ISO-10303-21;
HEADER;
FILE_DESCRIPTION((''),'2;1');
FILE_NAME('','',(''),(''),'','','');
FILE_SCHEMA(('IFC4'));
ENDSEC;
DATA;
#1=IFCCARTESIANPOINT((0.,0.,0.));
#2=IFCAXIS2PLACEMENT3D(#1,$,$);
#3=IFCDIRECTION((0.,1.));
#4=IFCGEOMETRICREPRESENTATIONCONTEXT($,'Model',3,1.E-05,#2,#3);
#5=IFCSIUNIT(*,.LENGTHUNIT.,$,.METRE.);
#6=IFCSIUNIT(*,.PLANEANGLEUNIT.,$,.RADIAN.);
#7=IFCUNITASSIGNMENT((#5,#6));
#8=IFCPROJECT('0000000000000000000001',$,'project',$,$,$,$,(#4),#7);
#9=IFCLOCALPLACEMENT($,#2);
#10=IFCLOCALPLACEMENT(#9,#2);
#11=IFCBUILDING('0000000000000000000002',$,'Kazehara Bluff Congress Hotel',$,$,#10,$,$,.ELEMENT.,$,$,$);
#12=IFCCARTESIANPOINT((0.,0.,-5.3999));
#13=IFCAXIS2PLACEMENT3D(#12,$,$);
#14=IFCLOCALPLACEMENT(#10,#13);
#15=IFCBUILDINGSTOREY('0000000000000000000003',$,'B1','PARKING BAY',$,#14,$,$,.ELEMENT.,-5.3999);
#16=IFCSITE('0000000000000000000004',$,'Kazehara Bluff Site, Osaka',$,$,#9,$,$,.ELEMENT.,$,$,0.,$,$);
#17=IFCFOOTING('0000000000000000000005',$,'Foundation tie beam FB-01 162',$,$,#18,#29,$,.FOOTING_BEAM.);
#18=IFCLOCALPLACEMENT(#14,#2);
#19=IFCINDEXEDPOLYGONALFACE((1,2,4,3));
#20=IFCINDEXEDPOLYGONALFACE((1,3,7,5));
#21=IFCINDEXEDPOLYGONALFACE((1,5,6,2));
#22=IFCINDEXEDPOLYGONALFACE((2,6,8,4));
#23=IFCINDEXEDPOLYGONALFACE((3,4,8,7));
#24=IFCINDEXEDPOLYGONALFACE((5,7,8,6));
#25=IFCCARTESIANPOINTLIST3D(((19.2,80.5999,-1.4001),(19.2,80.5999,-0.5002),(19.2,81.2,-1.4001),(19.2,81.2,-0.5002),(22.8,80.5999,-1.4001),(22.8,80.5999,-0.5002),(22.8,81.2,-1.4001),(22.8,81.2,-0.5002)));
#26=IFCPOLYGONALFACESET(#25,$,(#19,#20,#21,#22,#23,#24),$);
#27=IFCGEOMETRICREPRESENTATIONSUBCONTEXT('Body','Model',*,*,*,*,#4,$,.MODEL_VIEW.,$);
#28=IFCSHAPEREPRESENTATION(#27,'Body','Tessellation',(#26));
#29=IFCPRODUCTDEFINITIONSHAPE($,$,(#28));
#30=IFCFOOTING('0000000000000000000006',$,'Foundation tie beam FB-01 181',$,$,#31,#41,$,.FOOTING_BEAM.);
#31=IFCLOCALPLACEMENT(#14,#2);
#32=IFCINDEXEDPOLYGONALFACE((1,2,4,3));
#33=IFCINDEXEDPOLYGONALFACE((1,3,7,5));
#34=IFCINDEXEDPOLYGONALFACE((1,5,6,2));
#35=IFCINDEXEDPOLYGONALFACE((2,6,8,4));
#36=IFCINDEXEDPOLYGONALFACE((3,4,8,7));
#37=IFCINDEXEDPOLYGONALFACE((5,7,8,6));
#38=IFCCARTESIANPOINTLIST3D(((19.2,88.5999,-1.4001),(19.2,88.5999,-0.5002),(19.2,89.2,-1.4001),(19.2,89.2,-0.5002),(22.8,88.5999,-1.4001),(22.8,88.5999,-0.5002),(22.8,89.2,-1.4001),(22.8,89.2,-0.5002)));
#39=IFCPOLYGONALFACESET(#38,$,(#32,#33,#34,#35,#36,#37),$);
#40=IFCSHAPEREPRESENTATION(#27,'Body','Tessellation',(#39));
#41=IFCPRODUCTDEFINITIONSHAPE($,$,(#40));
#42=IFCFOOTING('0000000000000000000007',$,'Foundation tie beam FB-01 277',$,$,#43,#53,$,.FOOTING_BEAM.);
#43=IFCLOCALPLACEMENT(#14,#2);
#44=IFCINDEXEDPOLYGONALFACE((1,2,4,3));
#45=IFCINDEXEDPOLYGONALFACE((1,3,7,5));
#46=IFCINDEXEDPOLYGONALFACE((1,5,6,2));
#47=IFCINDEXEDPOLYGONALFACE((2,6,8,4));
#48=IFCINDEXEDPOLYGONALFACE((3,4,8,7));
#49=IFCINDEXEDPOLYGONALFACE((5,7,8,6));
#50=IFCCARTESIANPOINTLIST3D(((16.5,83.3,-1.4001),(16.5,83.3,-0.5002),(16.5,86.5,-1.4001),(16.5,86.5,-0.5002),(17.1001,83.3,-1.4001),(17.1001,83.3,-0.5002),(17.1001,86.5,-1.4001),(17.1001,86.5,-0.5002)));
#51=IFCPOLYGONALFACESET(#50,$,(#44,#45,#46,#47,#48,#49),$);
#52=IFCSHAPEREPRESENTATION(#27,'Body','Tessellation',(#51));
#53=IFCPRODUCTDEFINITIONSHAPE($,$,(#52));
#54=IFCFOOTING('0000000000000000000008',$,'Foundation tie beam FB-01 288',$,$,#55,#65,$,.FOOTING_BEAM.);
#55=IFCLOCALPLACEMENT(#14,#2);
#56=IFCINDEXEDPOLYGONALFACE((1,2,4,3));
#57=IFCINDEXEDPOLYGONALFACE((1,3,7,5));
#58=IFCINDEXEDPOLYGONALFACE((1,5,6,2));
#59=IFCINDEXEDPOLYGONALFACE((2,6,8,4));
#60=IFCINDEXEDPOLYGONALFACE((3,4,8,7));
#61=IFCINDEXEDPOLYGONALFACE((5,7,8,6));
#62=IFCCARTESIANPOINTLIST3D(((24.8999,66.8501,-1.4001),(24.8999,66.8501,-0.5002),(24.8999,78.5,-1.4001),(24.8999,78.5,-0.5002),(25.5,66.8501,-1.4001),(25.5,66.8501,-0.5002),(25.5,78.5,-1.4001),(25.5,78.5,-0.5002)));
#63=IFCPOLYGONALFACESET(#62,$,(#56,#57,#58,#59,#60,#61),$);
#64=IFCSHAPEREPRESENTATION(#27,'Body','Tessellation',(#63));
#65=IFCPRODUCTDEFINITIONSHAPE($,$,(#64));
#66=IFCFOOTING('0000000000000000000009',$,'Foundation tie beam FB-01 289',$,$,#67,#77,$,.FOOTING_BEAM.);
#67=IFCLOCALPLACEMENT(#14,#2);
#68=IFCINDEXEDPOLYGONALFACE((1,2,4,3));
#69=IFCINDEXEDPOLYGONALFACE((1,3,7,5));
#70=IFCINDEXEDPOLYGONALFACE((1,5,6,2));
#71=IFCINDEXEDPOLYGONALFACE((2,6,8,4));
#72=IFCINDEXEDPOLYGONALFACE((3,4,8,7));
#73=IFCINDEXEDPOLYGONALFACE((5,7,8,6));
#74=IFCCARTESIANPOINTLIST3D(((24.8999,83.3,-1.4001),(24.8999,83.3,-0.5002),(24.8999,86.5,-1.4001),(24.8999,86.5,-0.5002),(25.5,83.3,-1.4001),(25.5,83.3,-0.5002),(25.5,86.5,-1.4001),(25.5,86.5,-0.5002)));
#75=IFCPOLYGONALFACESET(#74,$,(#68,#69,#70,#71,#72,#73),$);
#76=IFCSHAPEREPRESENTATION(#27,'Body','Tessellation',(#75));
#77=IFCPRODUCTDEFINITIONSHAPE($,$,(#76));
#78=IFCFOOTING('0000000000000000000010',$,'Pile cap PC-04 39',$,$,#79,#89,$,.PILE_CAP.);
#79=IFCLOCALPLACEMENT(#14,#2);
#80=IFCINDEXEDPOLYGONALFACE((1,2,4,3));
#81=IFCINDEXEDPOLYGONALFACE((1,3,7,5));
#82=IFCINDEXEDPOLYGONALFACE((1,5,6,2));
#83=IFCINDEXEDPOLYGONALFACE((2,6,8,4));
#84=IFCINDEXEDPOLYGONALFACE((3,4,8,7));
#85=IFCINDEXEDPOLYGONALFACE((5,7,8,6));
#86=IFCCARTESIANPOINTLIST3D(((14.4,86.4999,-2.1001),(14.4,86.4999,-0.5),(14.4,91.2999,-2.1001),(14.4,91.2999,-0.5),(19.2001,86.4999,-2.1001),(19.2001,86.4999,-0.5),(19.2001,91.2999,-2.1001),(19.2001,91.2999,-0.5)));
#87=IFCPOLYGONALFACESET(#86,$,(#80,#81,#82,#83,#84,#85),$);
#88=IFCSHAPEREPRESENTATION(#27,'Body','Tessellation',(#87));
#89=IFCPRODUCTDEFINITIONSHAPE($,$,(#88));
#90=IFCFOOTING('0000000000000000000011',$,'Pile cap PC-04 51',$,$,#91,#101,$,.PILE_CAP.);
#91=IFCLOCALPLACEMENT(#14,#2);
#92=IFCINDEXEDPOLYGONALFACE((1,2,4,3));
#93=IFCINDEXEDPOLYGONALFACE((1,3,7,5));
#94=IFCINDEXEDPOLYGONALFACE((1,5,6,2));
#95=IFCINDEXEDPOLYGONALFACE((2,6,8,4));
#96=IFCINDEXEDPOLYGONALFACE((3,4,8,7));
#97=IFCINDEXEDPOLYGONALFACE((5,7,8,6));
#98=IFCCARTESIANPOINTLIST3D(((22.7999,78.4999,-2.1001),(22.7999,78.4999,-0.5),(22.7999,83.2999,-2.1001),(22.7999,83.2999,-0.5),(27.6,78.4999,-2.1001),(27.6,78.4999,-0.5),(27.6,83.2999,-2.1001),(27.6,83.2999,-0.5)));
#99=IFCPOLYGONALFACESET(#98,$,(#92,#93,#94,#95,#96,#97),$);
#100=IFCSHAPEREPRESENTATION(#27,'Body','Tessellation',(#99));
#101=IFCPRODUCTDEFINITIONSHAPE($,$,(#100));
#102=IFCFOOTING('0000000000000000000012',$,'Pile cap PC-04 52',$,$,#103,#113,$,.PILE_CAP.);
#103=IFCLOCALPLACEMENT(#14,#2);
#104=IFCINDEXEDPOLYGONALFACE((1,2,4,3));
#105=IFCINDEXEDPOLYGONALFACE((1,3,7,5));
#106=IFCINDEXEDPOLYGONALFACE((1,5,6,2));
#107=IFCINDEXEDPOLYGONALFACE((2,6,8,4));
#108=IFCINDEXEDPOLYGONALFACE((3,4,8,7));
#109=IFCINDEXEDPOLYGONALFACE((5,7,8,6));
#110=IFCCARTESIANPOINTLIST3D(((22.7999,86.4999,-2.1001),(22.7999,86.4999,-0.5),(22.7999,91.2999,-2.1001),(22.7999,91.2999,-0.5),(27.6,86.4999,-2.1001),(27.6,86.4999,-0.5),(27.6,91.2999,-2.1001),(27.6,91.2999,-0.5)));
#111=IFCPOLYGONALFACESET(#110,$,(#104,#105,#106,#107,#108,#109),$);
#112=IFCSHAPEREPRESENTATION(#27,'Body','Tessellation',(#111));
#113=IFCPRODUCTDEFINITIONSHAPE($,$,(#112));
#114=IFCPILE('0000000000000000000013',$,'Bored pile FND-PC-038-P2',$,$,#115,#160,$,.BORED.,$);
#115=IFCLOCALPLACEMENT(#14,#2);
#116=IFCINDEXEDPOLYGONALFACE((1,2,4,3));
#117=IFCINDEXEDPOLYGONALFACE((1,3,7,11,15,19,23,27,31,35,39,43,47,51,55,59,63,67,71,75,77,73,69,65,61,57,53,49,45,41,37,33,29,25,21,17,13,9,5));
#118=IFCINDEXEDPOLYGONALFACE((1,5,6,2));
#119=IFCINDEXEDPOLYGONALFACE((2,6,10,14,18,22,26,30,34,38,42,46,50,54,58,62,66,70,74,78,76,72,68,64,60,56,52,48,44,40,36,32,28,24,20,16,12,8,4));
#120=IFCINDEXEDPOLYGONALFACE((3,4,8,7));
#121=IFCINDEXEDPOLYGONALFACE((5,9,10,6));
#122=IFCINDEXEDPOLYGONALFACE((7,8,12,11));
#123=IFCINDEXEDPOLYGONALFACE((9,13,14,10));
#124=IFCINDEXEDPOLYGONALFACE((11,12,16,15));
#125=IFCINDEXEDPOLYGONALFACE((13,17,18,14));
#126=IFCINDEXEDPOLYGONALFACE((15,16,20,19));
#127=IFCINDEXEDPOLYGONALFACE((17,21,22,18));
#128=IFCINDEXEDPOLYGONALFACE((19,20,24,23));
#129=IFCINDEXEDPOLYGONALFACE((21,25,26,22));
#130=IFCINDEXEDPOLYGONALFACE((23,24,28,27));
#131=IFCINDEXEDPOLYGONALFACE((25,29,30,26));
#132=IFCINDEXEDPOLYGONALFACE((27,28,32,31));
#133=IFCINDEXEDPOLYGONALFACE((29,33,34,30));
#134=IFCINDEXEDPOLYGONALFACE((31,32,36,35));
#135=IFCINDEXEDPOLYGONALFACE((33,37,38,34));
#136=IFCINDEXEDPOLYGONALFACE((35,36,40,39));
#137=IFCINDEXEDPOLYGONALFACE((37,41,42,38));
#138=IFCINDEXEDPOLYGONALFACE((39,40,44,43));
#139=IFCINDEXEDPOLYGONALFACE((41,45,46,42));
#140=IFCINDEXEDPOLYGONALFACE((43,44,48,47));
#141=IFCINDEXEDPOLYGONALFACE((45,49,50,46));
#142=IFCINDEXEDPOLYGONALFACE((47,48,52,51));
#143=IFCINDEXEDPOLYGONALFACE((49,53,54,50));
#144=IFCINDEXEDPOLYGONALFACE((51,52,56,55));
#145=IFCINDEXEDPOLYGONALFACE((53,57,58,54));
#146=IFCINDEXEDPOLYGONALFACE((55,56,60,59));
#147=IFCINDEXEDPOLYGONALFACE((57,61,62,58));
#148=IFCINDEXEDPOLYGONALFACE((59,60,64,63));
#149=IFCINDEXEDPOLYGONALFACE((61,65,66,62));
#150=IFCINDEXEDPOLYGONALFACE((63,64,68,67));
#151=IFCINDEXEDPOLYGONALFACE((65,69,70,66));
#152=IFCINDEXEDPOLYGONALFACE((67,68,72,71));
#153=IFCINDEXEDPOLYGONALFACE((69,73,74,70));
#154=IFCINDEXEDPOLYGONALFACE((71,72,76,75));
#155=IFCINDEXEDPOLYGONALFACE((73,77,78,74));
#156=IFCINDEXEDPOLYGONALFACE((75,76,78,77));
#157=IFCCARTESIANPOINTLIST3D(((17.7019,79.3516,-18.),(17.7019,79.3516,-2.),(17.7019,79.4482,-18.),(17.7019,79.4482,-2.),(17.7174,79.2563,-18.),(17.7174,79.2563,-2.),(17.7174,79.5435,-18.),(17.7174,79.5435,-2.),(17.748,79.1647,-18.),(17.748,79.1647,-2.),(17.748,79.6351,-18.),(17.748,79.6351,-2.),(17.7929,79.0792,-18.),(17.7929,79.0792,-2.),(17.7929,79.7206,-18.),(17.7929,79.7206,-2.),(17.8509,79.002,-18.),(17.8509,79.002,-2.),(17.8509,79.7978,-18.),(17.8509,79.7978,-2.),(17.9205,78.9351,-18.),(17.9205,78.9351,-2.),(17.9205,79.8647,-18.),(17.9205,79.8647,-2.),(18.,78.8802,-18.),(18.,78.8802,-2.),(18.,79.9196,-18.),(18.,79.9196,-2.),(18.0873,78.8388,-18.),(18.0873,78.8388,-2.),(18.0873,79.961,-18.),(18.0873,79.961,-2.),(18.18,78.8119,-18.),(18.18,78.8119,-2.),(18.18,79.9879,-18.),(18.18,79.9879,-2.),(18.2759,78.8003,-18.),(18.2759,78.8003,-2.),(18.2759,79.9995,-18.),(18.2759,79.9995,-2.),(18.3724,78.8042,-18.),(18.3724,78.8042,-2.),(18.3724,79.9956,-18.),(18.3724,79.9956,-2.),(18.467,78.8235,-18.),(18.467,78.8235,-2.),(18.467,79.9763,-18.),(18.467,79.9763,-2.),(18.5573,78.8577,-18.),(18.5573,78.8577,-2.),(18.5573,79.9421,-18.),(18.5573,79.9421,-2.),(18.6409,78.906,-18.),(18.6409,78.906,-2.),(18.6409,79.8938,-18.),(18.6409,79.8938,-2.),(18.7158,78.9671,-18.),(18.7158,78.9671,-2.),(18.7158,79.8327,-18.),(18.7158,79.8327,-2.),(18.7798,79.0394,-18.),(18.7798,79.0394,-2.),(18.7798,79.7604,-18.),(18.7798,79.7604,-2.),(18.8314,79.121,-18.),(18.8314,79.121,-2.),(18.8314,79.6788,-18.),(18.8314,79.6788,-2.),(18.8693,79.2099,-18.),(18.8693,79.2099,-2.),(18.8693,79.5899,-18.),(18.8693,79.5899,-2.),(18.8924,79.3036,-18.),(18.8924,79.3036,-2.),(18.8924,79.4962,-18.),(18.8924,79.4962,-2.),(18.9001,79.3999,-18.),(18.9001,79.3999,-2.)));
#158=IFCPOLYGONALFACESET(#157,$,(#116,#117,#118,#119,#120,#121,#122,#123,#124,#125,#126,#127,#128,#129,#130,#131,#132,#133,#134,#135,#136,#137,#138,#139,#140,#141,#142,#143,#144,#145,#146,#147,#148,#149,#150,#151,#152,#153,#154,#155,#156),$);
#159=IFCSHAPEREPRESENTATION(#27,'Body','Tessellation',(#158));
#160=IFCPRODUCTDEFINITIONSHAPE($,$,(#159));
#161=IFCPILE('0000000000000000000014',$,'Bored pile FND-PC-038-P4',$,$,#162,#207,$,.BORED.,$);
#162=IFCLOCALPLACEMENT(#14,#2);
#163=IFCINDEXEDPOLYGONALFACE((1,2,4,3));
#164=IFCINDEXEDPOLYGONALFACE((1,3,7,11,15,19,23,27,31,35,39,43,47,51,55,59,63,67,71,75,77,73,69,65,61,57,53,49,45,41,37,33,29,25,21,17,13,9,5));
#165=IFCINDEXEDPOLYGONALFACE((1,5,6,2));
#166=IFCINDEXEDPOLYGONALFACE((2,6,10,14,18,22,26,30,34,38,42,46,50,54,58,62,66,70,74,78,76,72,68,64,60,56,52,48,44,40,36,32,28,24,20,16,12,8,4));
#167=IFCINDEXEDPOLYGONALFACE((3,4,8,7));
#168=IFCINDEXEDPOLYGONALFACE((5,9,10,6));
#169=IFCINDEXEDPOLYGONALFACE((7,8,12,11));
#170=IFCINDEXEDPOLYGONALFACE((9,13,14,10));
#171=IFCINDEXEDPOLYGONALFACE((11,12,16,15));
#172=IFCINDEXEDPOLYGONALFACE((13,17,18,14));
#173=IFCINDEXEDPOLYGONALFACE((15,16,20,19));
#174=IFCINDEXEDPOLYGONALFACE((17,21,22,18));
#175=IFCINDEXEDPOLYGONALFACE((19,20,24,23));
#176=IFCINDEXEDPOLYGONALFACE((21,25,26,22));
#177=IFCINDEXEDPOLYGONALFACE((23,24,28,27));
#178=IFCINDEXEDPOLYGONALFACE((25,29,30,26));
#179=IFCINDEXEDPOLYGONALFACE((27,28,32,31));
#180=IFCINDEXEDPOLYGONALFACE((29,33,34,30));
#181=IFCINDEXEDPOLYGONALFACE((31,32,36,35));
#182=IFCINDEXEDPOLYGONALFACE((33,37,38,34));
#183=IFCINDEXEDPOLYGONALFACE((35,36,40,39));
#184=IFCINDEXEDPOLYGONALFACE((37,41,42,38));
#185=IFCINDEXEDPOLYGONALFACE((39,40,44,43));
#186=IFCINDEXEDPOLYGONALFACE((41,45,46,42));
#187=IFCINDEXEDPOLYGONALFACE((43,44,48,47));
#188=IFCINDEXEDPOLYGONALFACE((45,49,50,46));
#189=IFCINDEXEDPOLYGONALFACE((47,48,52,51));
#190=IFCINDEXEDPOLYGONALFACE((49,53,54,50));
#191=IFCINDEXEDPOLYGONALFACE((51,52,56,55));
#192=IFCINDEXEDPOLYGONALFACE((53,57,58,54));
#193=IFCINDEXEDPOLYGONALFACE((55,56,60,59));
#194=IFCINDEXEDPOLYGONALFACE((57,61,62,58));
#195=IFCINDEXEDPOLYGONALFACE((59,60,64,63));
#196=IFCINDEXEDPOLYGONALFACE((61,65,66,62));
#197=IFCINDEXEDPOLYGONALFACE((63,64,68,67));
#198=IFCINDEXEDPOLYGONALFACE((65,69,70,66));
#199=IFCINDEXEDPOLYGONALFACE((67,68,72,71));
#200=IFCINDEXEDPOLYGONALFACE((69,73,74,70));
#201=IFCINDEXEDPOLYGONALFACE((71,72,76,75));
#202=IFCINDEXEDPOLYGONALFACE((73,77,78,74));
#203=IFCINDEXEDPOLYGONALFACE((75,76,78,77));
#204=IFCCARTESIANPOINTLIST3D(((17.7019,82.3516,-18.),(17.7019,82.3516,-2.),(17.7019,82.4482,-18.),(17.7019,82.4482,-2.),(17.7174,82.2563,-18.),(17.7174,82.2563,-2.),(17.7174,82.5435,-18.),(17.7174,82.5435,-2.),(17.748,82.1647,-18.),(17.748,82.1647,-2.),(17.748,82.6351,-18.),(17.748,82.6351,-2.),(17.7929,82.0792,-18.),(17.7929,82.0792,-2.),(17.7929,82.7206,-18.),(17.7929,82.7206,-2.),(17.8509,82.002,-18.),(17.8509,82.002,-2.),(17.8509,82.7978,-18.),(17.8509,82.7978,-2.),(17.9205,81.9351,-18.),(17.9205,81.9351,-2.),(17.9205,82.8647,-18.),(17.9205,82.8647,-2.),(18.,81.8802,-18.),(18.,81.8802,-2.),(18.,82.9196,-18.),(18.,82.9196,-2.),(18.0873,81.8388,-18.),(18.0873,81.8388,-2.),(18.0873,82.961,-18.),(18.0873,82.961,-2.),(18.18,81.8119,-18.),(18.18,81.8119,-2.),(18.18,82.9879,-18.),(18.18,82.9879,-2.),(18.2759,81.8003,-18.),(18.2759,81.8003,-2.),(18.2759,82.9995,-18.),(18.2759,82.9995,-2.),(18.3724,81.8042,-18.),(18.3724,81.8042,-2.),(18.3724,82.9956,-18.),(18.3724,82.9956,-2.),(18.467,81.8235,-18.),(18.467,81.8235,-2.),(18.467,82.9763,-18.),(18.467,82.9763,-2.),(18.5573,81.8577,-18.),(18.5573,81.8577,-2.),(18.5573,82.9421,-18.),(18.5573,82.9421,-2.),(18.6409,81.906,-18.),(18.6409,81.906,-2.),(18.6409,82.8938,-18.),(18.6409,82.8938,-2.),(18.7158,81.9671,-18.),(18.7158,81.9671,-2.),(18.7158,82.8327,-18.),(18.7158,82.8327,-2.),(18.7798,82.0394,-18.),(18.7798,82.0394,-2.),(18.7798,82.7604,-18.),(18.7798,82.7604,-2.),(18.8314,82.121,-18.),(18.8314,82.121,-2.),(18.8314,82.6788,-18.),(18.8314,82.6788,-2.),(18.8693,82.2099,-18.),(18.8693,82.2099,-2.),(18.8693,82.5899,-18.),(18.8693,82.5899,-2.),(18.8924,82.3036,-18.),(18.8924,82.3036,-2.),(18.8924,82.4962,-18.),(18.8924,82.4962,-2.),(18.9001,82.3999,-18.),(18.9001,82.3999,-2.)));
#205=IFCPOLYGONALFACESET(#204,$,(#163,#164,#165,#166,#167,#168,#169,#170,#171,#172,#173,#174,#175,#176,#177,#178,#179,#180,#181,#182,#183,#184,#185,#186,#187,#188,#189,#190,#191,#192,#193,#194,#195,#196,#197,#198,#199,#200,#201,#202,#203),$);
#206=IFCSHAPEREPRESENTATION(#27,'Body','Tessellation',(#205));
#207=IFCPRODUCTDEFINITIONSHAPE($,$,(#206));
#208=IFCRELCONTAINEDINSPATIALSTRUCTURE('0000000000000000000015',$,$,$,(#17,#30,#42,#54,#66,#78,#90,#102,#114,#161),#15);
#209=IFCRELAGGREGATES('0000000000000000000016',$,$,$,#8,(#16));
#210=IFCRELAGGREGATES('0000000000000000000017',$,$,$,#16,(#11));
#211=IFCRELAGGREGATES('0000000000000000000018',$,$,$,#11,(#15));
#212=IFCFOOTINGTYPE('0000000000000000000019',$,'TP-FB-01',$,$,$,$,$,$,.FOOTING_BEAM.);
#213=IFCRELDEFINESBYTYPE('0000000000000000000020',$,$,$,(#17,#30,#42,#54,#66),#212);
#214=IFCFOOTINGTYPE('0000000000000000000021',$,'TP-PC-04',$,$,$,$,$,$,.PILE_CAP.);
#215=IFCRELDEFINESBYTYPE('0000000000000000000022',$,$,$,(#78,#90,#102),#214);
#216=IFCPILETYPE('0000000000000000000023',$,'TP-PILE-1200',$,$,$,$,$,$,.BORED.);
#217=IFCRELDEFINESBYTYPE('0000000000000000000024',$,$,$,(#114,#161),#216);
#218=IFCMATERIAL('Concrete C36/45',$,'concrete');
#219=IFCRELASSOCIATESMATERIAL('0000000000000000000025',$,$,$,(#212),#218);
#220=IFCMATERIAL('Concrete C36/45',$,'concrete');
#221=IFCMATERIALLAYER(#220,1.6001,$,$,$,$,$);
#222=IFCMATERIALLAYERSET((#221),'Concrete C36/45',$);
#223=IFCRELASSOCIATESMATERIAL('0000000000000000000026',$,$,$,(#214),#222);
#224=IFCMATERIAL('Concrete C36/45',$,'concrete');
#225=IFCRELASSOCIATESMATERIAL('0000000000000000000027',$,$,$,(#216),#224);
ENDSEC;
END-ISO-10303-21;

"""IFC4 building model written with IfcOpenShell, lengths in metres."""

from ifc_helpers import new_model, si_unit, direction, frame, origin, origin_2d, place, context, subcontext, project, spatial, rectangle, circle, extrude, material, layer, layer_set, material_profile, profile_set, type_object, element, save


model = new_model("IFC4")

# Units and contexts
model_context = context("Model", 3, precision=1e-05, world=origin(), true_north=direction((0.0, 1.0)))
body_context = subcontext(model_context, "Body", "Model", "MODEL_VIEW")
ifc_project = project(units=[si_unit("LENGTHUNIT", "METRE"), si_unit("PLANEANGLEUNIT", "RADIAN")], contexts=[model_context])

# Site, building, storey
site_placement = place(None, origin())
site = spatial("IfcSite", under=ifc_project, at=site_placement, Name="Kazehara Bluff Site, Osaka", CompositionType="ELEMENT", RefElevation=0.0)
building_placement = place(site_placement, origin())
building = spatial("IfcBuilding", under=site, at=building_placement, Name="Kazehara Bluff Congress Hotel", CompositionType="ELEMENT")
storey_placement = place(building_placement, frame((0.0, 0.0, -5.3999)))
storey = spatial("IfcBuildingStorey", under=building, at=storey_placement, Name="B1", Description="PARKING BAY", CompositionType="ELEMENT", Elevation=-5.3999)

# Footings
ifc_material_1 = material(Name="Concrete C36/45", Category="concrete")
ifc_material_profile_1 = material_profile(ifc_material_1, rectangle(XDim=0.6001, YDim=0.8999, at=origin_2d()))
ifc_profile_set_1 = profile_set([ifc_material_profile_1], Name="Concrete C36/45")
footing_type_1 = type_object("IfcFootingType", Name="TP-FB-01", PredefinedType="FOOTING_BEAM", material=ifc_profile_set_1)
for number, where, z_axis, x_axis, name in (
    (1, (19.2, 80.8999, -0.9502), (1.0, 0.0, 0.0), (0.0, 1.0, 0.0), "Foundation tie beam FB-01 162"),
    (2, (19.2, 88.8999, -0.9502), (1.0, 0.0, 0.0), (0.0, 1.0, 0.0), "Foundation tie beam FB-01 181"),
):
    element("IfcFooting", number, at=place(storey_placement, frame(where, z_axis=z_axis, x_axis=x_axis)), inside=storey, type_object=footing_type_1, Name=name, PredefinedType="FOOTING_BEAM", context=body_context, shape_type="SweptSolid", body=[
        extrude(rectangle(XDim=0.6001, YDim=0.8999, at=origin_2d()), origin(), (0.0, 0.0, 1.0), 3.6001),
    ])
footing_1_placement = place(storey_placement, frame((16.8, 83.3, -0.9502), z_axis=(0.0, 1.0, 0.0), x_axis=(-1.0, 0.0, 0.0)))
element("IfcFooting", 3, at=footing_1_placement, inside=storey, type_object=footing_type_1, Name="Foundation tie beam FB-01 277", PredefinedType="FOOTING_BEAM", context=body_context, shape_type="SweptSolid", body=[
    extrude(rectangle(XDim=0.6001, YDim=0.8999, at=origin_2d()), origin(), (0.0, 0.0, 1.0), 3.2),
])
footing_2_placement = place(storey_placement, frame((25.2, 66.8501, -0.9502), z_axis=(0.0, 1.0, 0.0), x_axis=(-1.0, 0.0, 0.0)))
element("IfcFooting", 4, at=footing_2_placement, inside=storey, type_object=footing_type_1, Name="Foundation tie beam FB-01 288", PredefinedType="FOOTING_BEAM", context=body_context, shape_type="SweptSolid", body=[
    extrude(rectangle(XDim=0.6001, YDim=0.8999, at=origin_2d()), origin(), (0.0, 0.0, 1.0), 11.6499),
])
footing_3_placement = place(storey_placement, frame((25.2, 83.3, -0.9502), z_axis=(0.0, 1.0, 0.0), x_axis=(-1.0, 0.0, 0.0)))
element("IfcFooting", 5, at=footing_3_placement, inside=storey, type_object=footing_type_1, Name="Foundation tie beam FB-01 289", PredefinedType="FOOTING_BEAM", context=body_context, shape_type="SweptSolid", body=[
    extrude(rectangle(XDim=0.6001, YDim=0.8999, at=origin_2d()), origin(), (0.0, 0.0, 1.0), 3.2),
])
ifc_material_2 = material(Name="Concrete C36/45", Category="concrete")
ifc_layer_1 = layer(ifc_material_2, 1.6001)
ifc_layer_set_1 = layer_set([ifc_layer_1], Name="Concrete C36/45")
footing_type_2 = type_object("IfcFootingType", Name="TP-PC-04", PredefinedType="PILE_CAP", material=ifc_layer_set_1)
for number, where, z_axis, x_axis, name in (
    (6, (16.8, 88.8999, -2.1001), (0.0, 0.0, 1.0), (1.0, 0.0, 0.0), "Pile cap PC-04 39"),
    (7, (25.2, 80.8999, -2.1001), (0.0, 0.0, 1.0), (1.0, 0.0, 0.0), "Pile cap PC-04 51"),
    (8, (25.2, 88.8999, -2.1001), (0.0, 0.0, 1.0), (1.0, 0.0, 0.0), "Pile cap PC-04 52"),
):
    element("IfcFooting", number, at=place(storey_placement, frame(where, z_axis=z_axis, x_axis=x_axis)), inside=storey, type_object=footing_type_2, Name=name, PredefinedType="PILE_CAP", context=body_context, shape_type="SweptSolid", body=[
        extrude(rectangle(XDim=4.8, YDim=4.8, at=origin_2d()), origin(), (0.0, 0.0, 1.0), 1.6001),
    ])

# Piles
ifc_material_3 = material(Name="Concrete C36/45", Category="concrete")
ifc_material_profile_2 = material_profile(ifc_material_3, circle(Radius=0.6001, at=origin_2d()))
ifc_profile_set_2 = profile_set([ifc_material_profile_2], Name="Concrete C36/45")
pile_type = type_object("IfcPileType", Name="TP-PILE-1200", PredefinedType="BORED", material=ifc_profile_set_2)
for number, where, z_axis, x_axis, name in (
    (9, (18.3, 79.3999, -2.0), (0.0, 0.0, -1.0), (1.0, 0.0, 0.0), "Bored pile FND-PC-038-P2"),
    (10, (18.3, 82.3999, -2.0), (0.0, 0.0, -1.0), (1.0, 0.0, 0.0), "Bored pile FND-PC-038-P4"),
):
    element("IfcPile", number, at=place(storey_placement, frame(where, z_axis=z_axis, x_axis=x_axis)), inside=storey, type_object=pile_type, Name=name, PredefinedType="BORED", context=body_context, shape_type="SweptSolid", body=[
        extrude(circle(Radius=0.6001, at=origin_2d()), origin(), (0.0, 0.0, 1.0), 16.0),
    ])

save(model, "model.ifc")
